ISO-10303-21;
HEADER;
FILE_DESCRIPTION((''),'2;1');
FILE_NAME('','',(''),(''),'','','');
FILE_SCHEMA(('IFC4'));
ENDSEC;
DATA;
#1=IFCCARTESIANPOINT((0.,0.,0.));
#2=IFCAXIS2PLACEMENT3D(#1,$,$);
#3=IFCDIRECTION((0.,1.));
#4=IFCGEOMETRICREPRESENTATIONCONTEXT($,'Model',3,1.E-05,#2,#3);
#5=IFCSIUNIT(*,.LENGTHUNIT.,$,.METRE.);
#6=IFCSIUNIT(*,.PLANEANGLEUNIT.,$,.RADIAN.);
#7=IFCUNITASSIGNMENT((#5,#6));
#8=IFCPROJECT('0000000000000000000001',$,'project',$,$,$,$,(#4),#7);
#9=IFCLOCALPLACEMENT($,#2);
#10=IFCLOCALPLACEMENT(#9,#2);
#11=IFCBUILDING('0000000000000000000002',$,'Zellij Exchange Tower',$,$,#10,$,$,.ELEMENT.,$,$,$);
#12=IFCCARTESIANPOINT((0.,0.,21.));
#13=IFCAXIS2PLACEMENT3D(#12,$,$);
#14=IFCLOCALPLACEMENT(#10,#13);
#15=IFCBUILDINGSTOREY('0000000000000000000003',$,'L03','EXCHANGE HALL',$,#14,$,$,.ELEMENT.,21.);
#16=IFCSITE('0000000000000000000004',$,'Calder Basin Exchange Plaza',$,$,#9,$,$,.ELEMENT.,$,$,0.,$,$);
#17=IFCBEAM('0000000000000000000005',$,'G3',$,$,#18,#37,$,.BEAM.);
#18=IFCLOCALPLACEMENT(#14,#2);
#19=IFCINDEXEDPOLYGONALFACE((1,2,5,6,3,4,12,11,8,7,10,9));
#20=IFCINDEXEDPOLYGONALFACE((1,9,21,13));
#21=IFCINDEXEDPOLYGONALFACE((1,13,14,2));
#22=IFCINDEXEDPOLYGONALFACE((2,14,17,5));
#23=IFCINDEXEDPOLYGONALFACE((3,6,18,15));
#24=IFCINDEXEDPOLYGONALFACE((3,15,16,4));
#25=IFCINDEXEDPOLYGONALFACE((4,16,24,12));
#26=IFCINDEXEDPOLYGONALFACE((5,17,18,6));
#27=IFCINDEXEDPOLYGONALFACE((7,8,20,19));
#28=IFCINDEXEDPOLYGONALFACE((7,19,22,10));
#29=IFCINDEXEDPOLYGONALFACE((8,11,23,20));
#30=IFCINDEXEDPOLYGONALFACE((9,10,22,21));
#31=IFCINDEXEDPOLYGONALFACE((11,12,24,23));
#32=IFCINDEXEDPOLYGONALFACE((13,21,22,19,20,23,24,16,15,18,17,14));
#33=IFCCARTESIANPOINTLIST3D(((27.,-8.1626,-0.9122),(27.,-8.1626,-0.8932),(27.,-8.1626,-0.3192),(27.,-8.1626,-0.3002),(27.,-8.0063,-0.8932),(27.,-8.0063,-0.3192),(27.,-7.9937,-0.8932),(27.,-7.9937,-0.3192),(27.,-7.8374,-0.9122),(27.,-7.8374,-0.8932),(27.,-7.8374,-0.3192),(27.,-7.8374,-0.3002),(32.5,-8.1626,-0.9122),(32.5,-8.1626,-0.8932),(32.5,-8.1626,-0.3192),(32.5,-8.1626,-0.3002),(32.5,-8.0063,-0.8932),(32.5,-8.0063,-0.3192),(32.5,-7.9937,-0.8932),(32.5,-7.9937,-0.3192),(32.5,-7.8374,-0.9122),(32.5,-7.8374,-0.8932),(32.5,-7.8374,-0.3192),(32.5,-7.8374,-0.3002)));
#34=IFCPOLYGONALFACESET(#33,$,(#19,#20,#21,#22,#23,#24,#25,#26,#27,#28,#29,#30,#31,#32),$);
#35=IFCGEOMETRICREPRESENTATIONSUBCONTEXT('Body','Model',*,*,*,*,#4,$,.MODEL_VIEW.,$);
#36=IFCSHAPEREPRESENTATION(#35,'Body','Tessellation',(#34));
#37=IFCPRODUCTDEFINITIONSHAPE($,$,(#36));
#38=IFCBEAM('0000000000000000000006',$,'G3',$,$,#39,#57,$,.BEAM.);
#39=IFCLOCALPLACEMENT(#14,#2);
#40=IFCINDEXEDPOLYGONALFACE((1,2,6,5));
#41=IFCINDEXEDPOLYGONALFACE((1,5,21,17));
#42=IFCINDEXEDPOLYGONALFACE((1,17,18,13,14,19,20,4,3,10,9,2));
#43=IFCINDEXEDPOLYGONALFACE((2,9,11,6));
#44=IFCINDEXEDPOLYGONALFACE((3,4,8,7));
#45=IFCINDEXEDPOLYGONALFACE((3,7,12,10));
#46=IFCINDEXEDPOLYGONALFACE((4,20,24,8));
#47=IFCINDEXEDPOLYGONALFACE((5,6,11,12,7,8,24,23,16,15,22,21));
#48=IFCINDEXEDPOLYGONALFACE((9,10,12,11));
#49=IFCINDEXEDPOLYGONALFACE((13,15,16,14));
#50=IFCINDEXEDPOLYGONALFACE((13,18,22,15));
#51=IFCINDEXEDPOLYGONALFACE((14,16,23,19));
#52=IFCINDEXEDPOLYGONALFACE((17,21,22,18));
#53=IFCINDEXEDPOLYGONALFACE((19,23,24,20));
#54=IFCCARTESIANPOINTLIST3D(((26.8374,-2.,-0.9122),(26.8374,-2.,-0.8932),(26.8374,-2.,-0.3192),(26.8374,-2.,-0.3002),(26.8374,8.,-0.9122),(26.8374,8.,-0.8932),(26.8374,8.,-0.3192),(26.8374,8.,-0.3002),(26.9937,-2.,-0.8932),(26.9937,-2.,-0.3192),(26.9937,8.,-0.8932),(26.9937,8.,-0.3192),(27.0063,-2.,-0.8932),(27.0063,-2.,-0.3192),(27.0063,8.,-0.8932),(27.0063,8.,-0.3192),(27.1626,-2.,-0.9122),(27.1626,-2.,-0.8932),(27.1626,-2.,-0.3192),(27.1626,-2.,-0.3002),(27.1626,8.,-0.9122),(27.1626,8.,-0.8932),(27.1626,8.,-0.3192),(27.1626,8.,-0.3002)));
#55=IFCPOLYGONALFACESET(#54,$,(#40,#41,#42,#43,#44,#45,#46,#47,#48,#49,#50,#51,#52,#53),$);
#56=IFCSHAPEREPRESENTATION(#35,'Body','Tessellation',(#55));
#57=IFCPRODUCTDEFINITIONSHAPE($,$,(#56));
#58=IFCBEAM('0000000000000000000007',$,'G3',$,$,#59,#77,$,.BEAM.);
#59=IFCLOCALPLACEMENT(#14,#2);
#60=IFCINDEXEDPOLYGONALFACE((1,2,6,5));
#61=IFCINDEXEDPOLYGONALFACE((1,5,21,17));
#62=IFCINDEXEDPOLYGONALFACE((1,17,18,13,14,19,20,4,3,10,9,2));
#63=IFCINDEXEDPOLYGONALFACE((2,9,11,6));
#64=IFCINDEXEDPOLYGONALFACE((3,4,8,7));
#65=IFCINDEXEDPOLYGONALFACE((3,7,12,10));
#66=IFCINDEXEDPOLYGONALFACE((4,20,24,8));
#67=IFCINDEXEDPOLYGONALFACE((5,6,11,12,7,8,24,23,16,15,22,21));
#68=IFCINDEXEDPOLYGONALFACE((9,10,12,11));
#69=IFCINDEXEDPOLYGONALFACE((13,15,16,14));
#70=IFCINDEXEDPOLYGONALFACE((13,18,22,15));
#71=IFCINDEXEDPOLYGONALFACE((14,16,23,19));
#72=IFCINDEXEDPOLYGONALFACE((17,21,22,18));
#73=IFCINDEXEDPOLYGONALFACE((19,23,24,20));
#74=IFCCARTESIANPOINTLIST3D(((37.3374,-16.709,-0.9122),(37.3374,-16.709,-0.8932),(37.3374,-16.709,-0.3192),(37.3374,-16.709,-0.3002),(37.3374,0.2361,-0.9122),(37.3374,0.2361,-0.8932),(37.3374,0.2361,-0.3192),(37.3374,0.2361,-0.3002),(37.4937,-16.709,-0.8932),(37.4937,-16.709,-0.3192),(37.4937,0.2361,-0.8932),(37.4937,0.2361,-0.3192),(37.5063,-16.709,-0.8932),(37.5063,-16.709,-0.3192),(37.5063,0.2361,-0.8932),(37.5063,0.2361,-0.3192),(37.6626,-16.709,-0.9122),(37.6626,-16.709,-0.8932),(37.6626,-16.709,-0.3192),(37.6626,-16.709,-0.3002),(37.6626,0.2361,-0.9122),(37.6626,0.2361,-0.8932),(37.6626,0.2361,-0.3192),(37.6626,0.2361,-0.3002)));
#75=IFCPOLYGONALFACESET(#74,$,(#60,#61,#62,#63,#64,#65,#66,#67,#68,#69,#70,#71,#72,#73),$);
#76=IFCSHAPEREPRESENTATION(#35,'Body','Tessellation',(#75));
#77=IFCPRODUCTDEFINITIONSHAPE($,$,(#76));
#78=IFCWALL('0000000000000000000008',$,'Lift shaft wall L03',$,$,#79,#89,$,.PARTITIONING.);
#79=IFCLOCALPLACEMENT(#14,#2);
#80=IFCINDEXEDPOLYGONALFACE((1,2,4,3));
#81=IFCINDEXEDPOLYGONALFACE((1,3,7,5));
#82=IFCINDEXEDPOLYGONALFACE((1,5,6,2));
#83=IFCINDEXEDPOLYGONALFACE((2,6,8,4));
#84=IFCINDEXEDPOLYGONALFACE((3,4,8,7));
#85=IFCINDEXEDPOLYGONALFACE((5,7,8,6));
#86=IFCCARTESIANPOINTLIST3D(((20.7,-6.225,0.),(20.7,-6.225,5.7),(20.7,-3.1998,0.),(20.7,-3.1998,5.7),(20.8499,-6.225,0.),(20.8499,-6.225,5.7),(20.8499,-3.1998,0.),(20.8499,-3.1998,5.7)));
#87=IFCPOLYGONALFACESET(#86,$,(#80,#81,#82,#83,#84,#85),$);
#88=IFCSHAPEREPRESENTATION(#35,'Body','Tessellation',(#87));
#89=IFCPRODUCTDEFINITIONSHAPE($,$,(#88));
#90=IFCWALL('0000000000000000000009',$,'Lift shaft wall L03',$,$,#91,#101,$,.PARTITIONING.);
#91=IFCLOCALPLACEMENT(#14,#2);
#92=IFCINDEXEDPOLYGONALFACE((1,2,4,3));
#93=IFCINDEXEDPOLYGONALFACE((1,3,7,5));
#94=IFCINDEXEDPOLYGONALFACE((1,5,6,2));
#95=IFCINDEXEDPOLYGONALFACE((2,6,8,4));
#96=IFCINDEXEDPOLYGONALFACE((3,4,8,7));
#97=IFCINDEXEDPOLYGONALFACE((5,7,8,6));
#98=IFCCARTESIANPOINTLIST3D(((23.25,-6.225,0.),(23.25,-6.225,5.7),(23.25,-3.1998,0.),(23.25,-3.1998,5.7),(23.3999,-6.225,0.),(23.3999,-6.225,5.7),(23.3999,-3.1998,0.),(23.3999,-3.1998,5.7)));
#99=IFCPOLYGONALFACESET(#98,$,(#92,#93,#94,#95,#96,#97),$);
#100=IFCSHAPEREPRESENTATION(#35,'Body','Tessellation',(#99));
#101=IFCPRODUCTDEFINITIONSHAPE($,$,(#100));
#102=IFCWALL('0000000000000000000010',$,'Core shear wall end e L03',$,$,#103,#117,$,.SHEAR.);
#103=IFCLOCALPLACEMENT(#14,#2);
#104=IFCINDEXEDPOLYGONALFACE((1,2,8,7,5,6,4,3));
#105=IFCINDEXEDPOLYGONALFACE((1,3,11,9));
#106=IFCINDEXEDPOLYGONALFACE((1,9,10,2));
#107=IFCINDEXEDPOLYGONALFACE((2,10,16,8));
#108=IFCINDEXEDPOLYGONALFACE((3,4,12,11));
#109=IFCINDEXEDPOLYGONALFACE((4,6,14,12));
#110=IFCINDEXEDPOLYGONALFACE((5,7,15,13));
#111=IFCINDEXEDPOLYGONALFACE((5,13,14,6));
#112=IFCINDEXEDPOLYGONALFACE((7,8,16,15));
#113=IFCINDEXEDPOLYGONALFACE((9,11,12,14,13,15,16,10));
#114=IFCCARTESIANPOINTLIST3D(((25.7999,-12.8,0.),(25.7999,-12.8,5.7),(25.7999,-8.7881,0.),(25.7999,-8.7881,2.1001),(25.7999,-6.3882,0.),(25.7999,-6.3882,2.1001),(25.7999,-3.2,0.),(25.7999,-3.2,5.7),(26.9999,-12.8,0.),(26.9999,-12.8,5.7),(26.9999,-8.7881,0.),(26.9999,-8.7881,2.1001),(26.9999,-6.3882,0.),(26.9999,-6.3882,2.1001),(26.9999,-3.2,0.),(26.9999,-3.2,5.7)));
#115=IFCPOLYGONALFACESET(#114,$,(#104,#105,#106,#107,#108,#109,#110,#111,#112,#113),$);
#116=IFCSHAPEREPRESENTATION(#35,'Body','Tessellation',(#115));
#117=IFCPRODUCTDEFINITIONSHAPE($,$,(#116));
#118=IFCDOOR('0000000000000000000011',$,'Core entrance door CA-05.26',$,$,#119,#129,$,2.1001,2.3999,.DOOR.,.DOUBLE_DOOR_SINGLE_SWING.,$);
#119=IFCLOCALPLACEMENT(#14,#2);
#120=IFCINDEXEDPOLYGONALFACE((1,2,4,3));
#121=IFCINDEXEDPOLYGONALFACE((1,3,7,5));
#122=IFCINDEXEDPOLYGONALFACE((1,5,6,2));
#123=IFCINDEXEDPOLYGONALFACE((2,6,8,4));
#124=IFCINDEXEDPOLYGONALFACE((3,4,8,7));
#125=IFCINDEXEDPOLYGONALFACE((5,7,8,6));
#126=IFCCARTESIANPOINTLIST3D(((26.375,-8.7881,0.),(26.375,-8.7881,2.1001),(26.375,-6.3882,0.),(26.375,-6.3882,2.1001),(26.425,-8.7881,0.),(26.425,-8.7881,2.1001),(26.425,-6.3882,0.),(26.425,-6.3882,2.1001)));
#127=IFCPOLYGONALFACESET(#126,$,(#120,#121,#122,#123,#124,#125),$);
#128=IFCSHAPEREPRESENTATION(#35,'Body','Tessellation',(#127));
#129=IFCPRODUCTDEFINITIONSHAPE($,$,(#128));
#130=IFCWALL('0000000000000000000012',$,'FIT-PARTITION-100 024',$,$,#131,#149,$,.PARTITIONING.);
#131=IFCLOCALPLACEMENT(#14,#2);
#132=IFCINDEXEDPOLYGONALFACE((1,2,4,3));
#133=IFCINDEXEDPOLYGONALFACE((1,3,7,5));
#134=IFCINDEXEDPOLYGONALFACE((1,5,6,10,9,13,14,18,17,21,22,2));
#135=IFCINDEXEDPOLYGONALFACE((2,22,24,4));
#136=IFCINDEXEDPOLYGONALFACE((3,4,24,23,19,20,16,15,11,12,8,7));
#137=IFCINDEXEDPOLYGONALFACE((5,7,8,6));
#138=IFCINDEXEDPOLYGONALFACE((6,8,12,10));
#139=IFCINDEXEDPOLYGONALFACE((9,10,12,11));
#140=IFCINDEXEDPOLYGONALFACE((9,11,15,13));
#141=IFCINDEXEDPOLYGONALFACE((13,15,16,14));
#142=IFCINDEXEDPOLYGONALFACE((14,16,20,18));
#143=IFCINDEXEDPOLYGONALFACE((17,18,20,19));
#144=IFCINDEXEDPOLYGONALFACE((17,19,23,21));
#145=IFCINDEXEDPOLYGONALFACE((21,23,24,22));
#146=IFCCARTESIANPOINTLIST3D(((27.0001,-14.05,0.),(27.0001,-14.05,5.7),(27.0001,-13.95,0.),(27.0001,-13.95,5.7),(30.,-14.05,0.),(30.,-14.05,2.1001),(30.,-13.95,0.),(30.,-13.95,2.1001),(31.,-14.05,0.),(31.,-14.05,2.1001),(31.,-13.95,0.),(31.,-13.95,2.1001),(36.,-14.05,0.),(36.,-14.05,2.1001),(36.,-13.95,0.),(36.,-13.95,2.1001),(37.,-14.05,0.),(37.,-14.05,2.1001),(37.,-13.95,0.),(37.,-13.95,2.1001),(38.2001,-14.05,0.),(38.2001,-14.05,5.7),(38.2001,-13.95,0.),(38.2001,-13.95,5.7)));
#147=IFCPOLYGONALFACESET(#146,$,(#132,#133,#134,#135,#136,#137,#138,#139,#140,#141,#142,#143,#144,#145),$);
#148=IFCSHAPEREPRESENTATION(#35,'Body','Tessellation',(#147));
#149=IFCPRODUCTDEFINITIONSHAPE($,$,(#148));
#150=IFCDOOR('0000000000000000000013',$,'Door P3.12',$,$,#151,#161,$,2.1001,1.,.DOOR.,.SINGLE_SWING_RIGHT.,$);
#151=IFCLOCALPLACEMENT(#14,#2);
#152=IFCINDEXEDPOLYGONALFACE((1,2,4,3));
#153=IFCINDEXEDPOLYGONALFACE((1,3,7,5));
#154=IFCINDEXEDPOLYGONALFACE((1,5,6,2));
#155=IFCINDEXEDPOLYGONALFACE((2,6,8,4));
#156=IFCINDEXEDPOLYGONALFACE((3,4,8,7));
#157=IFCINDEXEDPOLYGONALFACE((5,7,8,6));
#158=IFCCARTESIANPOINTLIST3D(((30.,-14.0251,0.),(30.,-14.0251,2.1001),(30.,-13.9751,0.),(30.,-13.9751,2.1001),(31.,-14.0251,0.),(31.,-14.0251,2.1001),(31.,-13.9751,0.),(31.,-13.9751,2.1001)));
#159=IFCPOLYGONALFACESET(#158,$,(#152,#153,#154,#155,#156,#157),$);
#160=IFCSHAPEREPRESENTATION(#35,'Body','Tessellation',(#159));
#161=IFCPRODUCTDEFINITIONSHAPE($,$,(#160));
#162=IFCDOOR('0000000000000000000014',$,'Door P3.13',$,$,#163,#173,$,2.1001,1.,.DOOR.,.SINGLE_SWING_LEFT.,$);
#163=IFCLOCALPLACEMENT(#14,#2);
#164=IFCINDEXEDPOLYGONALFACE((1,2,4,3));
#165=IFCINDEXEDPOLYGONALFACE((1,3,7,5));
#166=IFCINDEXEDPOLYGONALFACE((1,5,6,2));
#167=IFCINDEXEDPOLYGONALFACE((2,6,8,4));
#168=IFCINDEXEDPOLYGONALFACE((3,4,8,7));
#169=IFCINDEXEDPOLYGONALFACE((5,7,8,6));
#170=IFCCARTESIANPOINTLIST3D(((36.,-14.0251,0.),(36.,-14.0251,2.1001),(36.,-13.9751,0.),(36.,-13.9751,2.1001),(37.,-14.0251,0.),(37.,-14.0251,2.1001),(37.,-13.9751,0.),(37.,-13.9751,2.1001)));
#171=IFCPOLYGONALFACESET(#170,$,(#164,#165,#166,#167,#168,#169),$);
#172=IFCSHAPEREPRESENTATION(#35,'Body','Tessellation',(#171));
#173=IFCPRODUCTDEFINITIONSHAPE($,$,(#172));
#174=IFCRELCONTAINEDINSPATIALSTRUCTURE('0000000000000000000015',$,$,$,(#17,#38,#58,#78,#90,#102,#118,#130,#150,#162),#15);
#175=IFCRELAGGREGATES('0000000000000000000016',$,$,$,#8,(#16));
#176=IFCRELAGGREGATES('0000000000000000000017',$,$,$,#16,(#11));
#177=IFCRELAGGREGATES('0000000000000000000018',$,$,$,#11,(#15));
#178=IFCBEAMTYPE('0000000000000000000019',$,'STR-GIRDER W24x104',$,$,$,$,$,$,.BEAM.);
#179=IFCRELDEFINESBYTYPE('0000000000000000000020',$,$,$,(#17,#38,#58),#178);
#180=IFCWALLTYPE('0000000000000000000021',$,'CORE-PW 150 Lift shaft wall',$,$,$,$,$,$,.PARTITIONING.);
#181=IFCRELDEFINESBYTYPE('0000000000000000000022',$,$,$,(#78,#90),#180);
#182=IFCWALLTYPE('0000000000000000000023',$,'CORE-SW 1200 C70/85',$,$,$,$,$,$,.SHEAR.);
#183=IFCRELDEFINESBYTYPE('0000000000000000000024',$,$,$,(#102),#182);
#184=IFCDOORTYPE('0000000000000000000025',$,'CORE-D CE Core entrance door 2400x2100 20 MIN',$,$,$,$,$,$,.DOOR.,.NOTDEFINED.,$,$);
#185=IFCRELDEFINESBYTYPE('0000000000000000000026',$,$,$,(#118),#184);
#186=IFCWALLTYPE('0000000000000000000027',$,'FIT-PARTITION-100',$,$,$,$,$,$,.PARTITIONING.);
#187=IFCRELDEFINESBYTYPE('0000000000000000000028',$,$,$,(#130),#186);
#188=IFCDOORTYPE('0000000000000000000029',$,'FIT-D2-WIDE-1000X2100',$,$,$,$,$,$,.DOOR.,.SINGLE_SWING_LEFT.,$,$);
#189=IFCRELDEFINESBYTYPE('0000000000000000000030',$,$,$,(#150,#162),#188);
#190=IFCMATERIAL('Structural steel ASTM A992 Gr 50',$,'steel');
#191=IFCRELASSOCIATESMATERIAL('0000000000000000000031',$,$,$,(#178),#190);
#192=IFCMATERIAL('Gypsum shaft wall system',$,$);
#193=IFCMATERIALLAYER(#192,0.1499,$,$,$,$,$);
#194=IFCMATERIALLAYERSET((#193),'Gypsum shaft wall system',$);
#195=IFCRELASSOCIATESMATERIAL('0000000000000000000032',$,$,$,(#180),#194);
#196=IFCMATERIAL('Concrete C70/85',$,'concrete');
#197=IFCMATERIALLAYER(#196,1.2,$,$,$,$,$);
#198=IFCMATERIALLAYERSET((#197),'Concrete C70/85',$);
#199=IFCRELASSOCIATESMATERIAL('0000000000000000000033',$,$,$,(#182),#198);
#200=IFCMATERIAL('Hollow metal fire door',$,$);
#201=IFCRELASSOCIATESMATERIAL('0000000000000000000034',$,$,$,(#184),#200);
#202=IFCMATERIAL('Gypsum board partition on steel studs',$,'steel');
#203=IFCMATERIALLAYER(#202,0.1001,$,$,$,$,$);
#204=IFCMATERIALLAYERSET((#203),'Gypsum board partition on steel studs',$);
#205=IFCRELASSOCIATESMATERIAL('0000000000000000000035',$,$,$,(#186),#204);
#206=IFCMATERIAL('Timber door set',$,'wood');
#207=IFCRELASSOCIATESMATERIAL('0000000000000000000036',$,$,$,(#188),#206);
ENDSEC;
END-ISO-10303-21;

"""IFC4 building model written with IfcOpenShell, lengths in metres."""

from ifc_helpers import new_model, si_unit, direction, frame, frame_2d, origin, origin_2d, place, context, subcontext, project, spatial, rectangle, i_section, extrude, material, layer, layer_set, material_profile, profile_set, type_object, element, fill, save


model = new_model("IFC4")

# Units and contexts
model_context = context("Model", 3, precision=1e-05, world=origin(), true_north=direction((0.0, 1.0)))
body_context = subcontext(model_context, "Body", "Model", "MODEL_VIEW")
ifc_project = project(units=[si_unit("LENGTHUNIT", "METRE"), si_unit("PLANEANGLEUNIT", "RADIAN")], contexts=[model_context])

# Site, building, storey
site_placement = place(None, origin())
site = spatial("IfcSite", under=ifc_project, at=site_placement, Name="Calder Basin Exchange Plaza", CompositionType="ELEMENT", RefElevation=0.0)
building_placement = place(site_placement, origin())
building = spatial("IfcBuilding", under=site, at=building_placement, Name="Zellij Exchange Tower", CompositionType="ELEMENT")
storey_placement = place(building_placement, frame((0.0, 0.0, 21.0)))
storey = spatial("IfcBuildingStorey", under=building, at=storey_placement, Name="L03", Description="EXCHANGE HALL", CompositionType="ELEMENT", Elevation=21.0)

# Shared definitions
ifc_material_1 = material(Name="Concrete C70/85", Category="concrete")

# Beams
ifc_material_2 = material(Name="Structural steel ASTM A992 Gr 50", Category="steel")
ifc_material_profile_1 = material_profile(ifc_material_2, i_section(OverallWidth=0.3252, OverallDepth=0.6121, WebThickness=0.0127, FlangeThickness=0.019, at=origin_2d()), Name="W24x104")
ifc_profile_set_1 = profile_set([ifc_material_profile_1], Name="Structural steel ASTM A992 Gr 50")
beam_type_1 = type_object("IfcBeamType", Name="STR-GIRDER W24x104", PredefinedType="BEAM", material=ifc_profile_set_1)
beam_1_placement = place(storey_placement, frame((27.0, -8.0, -0.6062), z_axis=(1.0, 0.0, 0.0), x_axis=(0.0, 1.0, 0.0)))
element("IfcBeam", 1, at=beam_1_placement, inside=storey, type_object=beam_type_1, Name="G3", PredefinedType="BEAM", context=body_context, shape_type="SweptSolid", body=[
    extrude(i_section(OverallWidth=0.3252, OverallDepth=0.6121, WebThickness=0.0127, FlangeThickness=0.019, at=origin_2d()), origin(), (0.0, 0.0, 1.0), 5.5),
])
beam_2_placement = place(storey_placement, frame((27.0, -2.0, -0.6062), z_axis=(0.0, 1.0, 0.0), x_axis=(-1.0, 0.0, 0.0)))
element("IfcBeam", 2, at=beam_2_placement, inside=storey, type_object=beam_type_1, Name="G3", PredefinedType="BEAM", context=body_context, shape_type="SweptSolid", body=[
    extrude(i_section(OverallWidth=0.3252, OverallDepth=0.6121, WebThickness=0.0127, FlangeThickness=0.019, at=origin_2d()), origin(), (0.0, 0.0, 1.0), 10.0),
])
beam_3_placement = place(storey_placement, frame((37.5, -16.709, -0.6062), z_axis=(0.0, 1.0, 0.0), x_axis=(-1.0, 0.0, 0.0)))
element("IfcBeam", 3, at=beam_3_placement, inside=storey, type_object=beam_type_1, Name="G3", PredefinedType="BEAM", context=body_context, shape_type="SweptSolid", body=[
    extrude(i_section(OverallWidth=0.3252, OverallDepth=0.6121, WebThickness=0.0127, FlangeThickness=0.019, at=origin_2d()), origin(), (0.0, 0.0, 1.0), 16.9451),
])

# Walls
ifc_material_3 = material(Name="Gypsum shaft wall system")
ifc_layer_1 = layer(ifc_material_3, 0.1499)
ifc_layer_set_1 = layer_set([ifc_layer_1], Name="Gypsum shaft wall system")
wall_type_1 = type_object("IfcWallType", Name="CORE-PW 150 Lift shaft wall", PredefinedType="PARTITIONING", material=ifc_layer_set_1)
for number, where, z_axis, x_axis, name in (
    (4, (20.7749, -6.2251, 0.0), (0.0, 0.0, 1.0), (0.0, 1.0, 0.0), "Lift shaft wall L03"),
    (5, (23.325, -6.2251, 0.0), (0.0, 0.0, 1.0), (0.0, 1.0, 0.0), "Lift shaft wall L03"),
):
    element("IfcWall", number, at=place(storey_placement, frame(where, z_axis=z_axis, x_axis=x_axis)), inside=storey, type_object=wall_type_1, Name=name, PredefinedType="PARTITIONING", context=body_context, shape_type="SweptSolid", body=[
        extrude(rectangle(XDim=3.0251, YDim=0.1499, at=frame_2d((1.5127, 0.0))), origin(), (0.0, 0.0, 1.0), 5.7),
    ])

# Wall, opening, door
ifc_layer_2 = layer(ifc_material_1, 1.2)
ifc_layer_set_2 = layer_set([ifc_layer_2], Name="Concrete C70/85")
wall_type_2 = type_object("IfcWallType", Name="CORE-SW 1200 C70/85", PredefinedType="SHEAR", material=ifc_layer_set_2)
wall_1_placement = place(storey_placement, frame((26.3999, -12.8, 0.0), z_axis=(0.0, 0.0, 1.0), x_axis=(0.0, 1.0, 0.0)))
wall_1 = element("IfcWall", 6, at=wall_1_placement, inside=storey, type_object=wall_type_2, Name="Core shear wall end e L03", PredefinedType="SHEAR", context=body_context, shape_type="SweptSolid", body=[
    extrude(rectangle(XDim=9.6001, YDim=1.2, at=frame_2d((4.8, 0.0))), origin(), (0.0, 0.0, 1.0), 5.7),
])
opening_1_placement = place(wall_1_placement, frame((4.012, 0.0, 0.0)))
opening_1 = element("IfcOpeningElement", 7, at=opening_1_placement, cuts=wall_1, PredefinedType="OPENING", context=body_context, shape_type="SweptSolid", body=[
    extrude(rectangle(XDim=2.3999, YDim=2.1001, at=frame_2d((1.2, 1.05))), frame((0.0, 0.6118, 0.0), z_axis=(0.0, -1.0, 0.0), x_axis=(1.0, 0.0, 0.0)), (0.0, 0.0, 1.0), 1.2239),
])
ifc_material_4 = material(Name="Hollow metal fire door")
door_type_1 = type_object("IfcDoorType", Name="CORE-D CE Core entrance door 2400x2100 20 MIN", OperationType="NOTDEFINED", PredefinedType="DOOR", material=ifc_material_4)
door_1_placement = place(opening_1_placement, origin())
door_1 = element("IfcDoor", 8, at=door_1_placement, inside=storey, type_object=door_type_1, Name="Core entrance door CA-05.26", OperationType="DOUBLE_DOOR_SINGLE_SWING", OverallHeight=2.1001, OverallWidth=2.3999, PredefinedType="DOOR", context=body_context, shape_type="SweptSolid", body=[
    extrude(rectangle(XDim=2.3999, YDim=2.1001, at=frame_2d((1.2, 1.05))), frame((0.0, 0.0249, 0.0), z_axis=(0.0, -1.0, 0.0), x_axis=(1.0, 0.0, 0.0)), (0.0, 0.0, 1.0), 0.05),
])
fill(opening_1, door_1)

# Wall, openings, doors
ifc_material_5 = material(Name="Gypsum board partition on steel studs", Category="steel")
ifc_layer_3 = layer(ifc_material_5, 0.1001)
ifc_layer_set_3 = layer_set([ifc_layer_3], Name="Gypsum board partition on steel studs")
wall_type_3 = type_object("IfcWallType", Name="FIT-PARTITION-100", PredefinedType="PARTITIONING", material=ifc_layer_set_3)
wall_2_placement = place(storey_placement, frame((27.0, -14.0, 0.0), z_axis=(0.0, 0.0, 1.0), x_axis=(1.0, 0.0, 0.0)))
wall_2 = element("IfcWall", 9, at=wall_2_placement, inside=storey, type_object=wall_type_3, Name="FIT-PARTITION-100 024", PredefinedType="PARTITIONING", context=body_context, shape_type="SweptSolid", body=[
    extrude(rectangle(XDim=11.2, YDim=0.1001, at=frame_2d((5.6001, 0.0))), origin(), (0.0, 0.0, 1.0), 5.7),
])
opening_2_placement = place(wall_2_placement, frame((3.0, 0.0, 0.0)))
opening_2 = element("IfcOpeningElement", 10, at=opening_2_placement, cuts=wall_2, PredefinedType="OPENING", context=body_context, shape_type="SweptSolid", body=[
    extrude(rectangle(XDim=1.0, YDim=2.1001, at=frame_2d((0.5, 1.05))), frame((0.0, 0.062, 0.0), z_axis=(0.0, -1.0, 0.0), x_axis=(1.0, 0.0, 0.0)), (0.0, 0.0, 1.0), 0.124),
])
opening_3_placement = place(wall_2_placement, frame((9.0, 0.0, 0.0)))
opening_3 = element("IfcOpeningElement", 11, at=opening_3_placement, cuts=wall_2, PredefinedType="OPENING", context=body_context, shape_type="SweptSolid", body=[
    extrude(rectangle(XDim=1.0, YDim=2.1001, at=frame_2d((0.5, 1.05))), frame((0.0, 0.062, 0.0), z_axis=(0.0, -1.0, 0.0), x_axis=(1.0, 0.0, 0.0)), (0.0, 0.0, 1.0), 0.124),
])
ifc_material_6 = material(Name="Timber door set", Category="wood")
door_type_2 = type_object("IfcDoorType", Name="FIT-D2-WIDE-1000X2100", OperationType="SINGLE_SWING_LEFT", PredefinedType="DOOR", material=ifc_material_6)
door_2_placement = place(opening_2_placement, origin())
door_2 = element("IfcDoor", 12, at=door_2_placement, inside=storey, type_object=door_type_2, Name="Door P3.12", OperationType="SINGLE_SWING_RIGHT", OverallHeight=2.1001, OverallWidth=1.0, PredefinedType="DOOR", context=body_context, shape_type="SweptSolid", body=[
    extrude(rectangle(XDim=1.0, YDim=2.1001, at=frame_2d((0.5, 1.05))), frame((0.0, 0.0249, 0.0), z_axis=(0.0, -1.0, 0.0), x_axis=(1.0, 0.0, 0.0)), (0.0, 0.0, 1.0), 0.05),
])
fill(opening_2, door_2)
door_3_placement = place(opening_3_placement, origin())
door_3 = element("IfcDoor", 13, at=door_3_placement, inside=storey, type_object=door_type_2, Name="Door P3.13", OperationType="SINGLE_SWING_LEFT", OverallHeight=2.1001, OverallWidth=1.0, PredefinedType="DOOR", context=body_context, shape_type="SweptSolid", body=[
    extrude(rectangle(XDim=1.0, YDim=2.1001, at=frame_2d((0.5, 1.05))), frame((0.0, 0.0249, 0.0), z_axis=(0.0, -1.0, 0.0), x_axis=(1.0, 0.0, 0.0)), (0.0, 0.0, 1.0), 0.05),
])
fill(opening_3, door_3)

save(model, "model.ifc")
